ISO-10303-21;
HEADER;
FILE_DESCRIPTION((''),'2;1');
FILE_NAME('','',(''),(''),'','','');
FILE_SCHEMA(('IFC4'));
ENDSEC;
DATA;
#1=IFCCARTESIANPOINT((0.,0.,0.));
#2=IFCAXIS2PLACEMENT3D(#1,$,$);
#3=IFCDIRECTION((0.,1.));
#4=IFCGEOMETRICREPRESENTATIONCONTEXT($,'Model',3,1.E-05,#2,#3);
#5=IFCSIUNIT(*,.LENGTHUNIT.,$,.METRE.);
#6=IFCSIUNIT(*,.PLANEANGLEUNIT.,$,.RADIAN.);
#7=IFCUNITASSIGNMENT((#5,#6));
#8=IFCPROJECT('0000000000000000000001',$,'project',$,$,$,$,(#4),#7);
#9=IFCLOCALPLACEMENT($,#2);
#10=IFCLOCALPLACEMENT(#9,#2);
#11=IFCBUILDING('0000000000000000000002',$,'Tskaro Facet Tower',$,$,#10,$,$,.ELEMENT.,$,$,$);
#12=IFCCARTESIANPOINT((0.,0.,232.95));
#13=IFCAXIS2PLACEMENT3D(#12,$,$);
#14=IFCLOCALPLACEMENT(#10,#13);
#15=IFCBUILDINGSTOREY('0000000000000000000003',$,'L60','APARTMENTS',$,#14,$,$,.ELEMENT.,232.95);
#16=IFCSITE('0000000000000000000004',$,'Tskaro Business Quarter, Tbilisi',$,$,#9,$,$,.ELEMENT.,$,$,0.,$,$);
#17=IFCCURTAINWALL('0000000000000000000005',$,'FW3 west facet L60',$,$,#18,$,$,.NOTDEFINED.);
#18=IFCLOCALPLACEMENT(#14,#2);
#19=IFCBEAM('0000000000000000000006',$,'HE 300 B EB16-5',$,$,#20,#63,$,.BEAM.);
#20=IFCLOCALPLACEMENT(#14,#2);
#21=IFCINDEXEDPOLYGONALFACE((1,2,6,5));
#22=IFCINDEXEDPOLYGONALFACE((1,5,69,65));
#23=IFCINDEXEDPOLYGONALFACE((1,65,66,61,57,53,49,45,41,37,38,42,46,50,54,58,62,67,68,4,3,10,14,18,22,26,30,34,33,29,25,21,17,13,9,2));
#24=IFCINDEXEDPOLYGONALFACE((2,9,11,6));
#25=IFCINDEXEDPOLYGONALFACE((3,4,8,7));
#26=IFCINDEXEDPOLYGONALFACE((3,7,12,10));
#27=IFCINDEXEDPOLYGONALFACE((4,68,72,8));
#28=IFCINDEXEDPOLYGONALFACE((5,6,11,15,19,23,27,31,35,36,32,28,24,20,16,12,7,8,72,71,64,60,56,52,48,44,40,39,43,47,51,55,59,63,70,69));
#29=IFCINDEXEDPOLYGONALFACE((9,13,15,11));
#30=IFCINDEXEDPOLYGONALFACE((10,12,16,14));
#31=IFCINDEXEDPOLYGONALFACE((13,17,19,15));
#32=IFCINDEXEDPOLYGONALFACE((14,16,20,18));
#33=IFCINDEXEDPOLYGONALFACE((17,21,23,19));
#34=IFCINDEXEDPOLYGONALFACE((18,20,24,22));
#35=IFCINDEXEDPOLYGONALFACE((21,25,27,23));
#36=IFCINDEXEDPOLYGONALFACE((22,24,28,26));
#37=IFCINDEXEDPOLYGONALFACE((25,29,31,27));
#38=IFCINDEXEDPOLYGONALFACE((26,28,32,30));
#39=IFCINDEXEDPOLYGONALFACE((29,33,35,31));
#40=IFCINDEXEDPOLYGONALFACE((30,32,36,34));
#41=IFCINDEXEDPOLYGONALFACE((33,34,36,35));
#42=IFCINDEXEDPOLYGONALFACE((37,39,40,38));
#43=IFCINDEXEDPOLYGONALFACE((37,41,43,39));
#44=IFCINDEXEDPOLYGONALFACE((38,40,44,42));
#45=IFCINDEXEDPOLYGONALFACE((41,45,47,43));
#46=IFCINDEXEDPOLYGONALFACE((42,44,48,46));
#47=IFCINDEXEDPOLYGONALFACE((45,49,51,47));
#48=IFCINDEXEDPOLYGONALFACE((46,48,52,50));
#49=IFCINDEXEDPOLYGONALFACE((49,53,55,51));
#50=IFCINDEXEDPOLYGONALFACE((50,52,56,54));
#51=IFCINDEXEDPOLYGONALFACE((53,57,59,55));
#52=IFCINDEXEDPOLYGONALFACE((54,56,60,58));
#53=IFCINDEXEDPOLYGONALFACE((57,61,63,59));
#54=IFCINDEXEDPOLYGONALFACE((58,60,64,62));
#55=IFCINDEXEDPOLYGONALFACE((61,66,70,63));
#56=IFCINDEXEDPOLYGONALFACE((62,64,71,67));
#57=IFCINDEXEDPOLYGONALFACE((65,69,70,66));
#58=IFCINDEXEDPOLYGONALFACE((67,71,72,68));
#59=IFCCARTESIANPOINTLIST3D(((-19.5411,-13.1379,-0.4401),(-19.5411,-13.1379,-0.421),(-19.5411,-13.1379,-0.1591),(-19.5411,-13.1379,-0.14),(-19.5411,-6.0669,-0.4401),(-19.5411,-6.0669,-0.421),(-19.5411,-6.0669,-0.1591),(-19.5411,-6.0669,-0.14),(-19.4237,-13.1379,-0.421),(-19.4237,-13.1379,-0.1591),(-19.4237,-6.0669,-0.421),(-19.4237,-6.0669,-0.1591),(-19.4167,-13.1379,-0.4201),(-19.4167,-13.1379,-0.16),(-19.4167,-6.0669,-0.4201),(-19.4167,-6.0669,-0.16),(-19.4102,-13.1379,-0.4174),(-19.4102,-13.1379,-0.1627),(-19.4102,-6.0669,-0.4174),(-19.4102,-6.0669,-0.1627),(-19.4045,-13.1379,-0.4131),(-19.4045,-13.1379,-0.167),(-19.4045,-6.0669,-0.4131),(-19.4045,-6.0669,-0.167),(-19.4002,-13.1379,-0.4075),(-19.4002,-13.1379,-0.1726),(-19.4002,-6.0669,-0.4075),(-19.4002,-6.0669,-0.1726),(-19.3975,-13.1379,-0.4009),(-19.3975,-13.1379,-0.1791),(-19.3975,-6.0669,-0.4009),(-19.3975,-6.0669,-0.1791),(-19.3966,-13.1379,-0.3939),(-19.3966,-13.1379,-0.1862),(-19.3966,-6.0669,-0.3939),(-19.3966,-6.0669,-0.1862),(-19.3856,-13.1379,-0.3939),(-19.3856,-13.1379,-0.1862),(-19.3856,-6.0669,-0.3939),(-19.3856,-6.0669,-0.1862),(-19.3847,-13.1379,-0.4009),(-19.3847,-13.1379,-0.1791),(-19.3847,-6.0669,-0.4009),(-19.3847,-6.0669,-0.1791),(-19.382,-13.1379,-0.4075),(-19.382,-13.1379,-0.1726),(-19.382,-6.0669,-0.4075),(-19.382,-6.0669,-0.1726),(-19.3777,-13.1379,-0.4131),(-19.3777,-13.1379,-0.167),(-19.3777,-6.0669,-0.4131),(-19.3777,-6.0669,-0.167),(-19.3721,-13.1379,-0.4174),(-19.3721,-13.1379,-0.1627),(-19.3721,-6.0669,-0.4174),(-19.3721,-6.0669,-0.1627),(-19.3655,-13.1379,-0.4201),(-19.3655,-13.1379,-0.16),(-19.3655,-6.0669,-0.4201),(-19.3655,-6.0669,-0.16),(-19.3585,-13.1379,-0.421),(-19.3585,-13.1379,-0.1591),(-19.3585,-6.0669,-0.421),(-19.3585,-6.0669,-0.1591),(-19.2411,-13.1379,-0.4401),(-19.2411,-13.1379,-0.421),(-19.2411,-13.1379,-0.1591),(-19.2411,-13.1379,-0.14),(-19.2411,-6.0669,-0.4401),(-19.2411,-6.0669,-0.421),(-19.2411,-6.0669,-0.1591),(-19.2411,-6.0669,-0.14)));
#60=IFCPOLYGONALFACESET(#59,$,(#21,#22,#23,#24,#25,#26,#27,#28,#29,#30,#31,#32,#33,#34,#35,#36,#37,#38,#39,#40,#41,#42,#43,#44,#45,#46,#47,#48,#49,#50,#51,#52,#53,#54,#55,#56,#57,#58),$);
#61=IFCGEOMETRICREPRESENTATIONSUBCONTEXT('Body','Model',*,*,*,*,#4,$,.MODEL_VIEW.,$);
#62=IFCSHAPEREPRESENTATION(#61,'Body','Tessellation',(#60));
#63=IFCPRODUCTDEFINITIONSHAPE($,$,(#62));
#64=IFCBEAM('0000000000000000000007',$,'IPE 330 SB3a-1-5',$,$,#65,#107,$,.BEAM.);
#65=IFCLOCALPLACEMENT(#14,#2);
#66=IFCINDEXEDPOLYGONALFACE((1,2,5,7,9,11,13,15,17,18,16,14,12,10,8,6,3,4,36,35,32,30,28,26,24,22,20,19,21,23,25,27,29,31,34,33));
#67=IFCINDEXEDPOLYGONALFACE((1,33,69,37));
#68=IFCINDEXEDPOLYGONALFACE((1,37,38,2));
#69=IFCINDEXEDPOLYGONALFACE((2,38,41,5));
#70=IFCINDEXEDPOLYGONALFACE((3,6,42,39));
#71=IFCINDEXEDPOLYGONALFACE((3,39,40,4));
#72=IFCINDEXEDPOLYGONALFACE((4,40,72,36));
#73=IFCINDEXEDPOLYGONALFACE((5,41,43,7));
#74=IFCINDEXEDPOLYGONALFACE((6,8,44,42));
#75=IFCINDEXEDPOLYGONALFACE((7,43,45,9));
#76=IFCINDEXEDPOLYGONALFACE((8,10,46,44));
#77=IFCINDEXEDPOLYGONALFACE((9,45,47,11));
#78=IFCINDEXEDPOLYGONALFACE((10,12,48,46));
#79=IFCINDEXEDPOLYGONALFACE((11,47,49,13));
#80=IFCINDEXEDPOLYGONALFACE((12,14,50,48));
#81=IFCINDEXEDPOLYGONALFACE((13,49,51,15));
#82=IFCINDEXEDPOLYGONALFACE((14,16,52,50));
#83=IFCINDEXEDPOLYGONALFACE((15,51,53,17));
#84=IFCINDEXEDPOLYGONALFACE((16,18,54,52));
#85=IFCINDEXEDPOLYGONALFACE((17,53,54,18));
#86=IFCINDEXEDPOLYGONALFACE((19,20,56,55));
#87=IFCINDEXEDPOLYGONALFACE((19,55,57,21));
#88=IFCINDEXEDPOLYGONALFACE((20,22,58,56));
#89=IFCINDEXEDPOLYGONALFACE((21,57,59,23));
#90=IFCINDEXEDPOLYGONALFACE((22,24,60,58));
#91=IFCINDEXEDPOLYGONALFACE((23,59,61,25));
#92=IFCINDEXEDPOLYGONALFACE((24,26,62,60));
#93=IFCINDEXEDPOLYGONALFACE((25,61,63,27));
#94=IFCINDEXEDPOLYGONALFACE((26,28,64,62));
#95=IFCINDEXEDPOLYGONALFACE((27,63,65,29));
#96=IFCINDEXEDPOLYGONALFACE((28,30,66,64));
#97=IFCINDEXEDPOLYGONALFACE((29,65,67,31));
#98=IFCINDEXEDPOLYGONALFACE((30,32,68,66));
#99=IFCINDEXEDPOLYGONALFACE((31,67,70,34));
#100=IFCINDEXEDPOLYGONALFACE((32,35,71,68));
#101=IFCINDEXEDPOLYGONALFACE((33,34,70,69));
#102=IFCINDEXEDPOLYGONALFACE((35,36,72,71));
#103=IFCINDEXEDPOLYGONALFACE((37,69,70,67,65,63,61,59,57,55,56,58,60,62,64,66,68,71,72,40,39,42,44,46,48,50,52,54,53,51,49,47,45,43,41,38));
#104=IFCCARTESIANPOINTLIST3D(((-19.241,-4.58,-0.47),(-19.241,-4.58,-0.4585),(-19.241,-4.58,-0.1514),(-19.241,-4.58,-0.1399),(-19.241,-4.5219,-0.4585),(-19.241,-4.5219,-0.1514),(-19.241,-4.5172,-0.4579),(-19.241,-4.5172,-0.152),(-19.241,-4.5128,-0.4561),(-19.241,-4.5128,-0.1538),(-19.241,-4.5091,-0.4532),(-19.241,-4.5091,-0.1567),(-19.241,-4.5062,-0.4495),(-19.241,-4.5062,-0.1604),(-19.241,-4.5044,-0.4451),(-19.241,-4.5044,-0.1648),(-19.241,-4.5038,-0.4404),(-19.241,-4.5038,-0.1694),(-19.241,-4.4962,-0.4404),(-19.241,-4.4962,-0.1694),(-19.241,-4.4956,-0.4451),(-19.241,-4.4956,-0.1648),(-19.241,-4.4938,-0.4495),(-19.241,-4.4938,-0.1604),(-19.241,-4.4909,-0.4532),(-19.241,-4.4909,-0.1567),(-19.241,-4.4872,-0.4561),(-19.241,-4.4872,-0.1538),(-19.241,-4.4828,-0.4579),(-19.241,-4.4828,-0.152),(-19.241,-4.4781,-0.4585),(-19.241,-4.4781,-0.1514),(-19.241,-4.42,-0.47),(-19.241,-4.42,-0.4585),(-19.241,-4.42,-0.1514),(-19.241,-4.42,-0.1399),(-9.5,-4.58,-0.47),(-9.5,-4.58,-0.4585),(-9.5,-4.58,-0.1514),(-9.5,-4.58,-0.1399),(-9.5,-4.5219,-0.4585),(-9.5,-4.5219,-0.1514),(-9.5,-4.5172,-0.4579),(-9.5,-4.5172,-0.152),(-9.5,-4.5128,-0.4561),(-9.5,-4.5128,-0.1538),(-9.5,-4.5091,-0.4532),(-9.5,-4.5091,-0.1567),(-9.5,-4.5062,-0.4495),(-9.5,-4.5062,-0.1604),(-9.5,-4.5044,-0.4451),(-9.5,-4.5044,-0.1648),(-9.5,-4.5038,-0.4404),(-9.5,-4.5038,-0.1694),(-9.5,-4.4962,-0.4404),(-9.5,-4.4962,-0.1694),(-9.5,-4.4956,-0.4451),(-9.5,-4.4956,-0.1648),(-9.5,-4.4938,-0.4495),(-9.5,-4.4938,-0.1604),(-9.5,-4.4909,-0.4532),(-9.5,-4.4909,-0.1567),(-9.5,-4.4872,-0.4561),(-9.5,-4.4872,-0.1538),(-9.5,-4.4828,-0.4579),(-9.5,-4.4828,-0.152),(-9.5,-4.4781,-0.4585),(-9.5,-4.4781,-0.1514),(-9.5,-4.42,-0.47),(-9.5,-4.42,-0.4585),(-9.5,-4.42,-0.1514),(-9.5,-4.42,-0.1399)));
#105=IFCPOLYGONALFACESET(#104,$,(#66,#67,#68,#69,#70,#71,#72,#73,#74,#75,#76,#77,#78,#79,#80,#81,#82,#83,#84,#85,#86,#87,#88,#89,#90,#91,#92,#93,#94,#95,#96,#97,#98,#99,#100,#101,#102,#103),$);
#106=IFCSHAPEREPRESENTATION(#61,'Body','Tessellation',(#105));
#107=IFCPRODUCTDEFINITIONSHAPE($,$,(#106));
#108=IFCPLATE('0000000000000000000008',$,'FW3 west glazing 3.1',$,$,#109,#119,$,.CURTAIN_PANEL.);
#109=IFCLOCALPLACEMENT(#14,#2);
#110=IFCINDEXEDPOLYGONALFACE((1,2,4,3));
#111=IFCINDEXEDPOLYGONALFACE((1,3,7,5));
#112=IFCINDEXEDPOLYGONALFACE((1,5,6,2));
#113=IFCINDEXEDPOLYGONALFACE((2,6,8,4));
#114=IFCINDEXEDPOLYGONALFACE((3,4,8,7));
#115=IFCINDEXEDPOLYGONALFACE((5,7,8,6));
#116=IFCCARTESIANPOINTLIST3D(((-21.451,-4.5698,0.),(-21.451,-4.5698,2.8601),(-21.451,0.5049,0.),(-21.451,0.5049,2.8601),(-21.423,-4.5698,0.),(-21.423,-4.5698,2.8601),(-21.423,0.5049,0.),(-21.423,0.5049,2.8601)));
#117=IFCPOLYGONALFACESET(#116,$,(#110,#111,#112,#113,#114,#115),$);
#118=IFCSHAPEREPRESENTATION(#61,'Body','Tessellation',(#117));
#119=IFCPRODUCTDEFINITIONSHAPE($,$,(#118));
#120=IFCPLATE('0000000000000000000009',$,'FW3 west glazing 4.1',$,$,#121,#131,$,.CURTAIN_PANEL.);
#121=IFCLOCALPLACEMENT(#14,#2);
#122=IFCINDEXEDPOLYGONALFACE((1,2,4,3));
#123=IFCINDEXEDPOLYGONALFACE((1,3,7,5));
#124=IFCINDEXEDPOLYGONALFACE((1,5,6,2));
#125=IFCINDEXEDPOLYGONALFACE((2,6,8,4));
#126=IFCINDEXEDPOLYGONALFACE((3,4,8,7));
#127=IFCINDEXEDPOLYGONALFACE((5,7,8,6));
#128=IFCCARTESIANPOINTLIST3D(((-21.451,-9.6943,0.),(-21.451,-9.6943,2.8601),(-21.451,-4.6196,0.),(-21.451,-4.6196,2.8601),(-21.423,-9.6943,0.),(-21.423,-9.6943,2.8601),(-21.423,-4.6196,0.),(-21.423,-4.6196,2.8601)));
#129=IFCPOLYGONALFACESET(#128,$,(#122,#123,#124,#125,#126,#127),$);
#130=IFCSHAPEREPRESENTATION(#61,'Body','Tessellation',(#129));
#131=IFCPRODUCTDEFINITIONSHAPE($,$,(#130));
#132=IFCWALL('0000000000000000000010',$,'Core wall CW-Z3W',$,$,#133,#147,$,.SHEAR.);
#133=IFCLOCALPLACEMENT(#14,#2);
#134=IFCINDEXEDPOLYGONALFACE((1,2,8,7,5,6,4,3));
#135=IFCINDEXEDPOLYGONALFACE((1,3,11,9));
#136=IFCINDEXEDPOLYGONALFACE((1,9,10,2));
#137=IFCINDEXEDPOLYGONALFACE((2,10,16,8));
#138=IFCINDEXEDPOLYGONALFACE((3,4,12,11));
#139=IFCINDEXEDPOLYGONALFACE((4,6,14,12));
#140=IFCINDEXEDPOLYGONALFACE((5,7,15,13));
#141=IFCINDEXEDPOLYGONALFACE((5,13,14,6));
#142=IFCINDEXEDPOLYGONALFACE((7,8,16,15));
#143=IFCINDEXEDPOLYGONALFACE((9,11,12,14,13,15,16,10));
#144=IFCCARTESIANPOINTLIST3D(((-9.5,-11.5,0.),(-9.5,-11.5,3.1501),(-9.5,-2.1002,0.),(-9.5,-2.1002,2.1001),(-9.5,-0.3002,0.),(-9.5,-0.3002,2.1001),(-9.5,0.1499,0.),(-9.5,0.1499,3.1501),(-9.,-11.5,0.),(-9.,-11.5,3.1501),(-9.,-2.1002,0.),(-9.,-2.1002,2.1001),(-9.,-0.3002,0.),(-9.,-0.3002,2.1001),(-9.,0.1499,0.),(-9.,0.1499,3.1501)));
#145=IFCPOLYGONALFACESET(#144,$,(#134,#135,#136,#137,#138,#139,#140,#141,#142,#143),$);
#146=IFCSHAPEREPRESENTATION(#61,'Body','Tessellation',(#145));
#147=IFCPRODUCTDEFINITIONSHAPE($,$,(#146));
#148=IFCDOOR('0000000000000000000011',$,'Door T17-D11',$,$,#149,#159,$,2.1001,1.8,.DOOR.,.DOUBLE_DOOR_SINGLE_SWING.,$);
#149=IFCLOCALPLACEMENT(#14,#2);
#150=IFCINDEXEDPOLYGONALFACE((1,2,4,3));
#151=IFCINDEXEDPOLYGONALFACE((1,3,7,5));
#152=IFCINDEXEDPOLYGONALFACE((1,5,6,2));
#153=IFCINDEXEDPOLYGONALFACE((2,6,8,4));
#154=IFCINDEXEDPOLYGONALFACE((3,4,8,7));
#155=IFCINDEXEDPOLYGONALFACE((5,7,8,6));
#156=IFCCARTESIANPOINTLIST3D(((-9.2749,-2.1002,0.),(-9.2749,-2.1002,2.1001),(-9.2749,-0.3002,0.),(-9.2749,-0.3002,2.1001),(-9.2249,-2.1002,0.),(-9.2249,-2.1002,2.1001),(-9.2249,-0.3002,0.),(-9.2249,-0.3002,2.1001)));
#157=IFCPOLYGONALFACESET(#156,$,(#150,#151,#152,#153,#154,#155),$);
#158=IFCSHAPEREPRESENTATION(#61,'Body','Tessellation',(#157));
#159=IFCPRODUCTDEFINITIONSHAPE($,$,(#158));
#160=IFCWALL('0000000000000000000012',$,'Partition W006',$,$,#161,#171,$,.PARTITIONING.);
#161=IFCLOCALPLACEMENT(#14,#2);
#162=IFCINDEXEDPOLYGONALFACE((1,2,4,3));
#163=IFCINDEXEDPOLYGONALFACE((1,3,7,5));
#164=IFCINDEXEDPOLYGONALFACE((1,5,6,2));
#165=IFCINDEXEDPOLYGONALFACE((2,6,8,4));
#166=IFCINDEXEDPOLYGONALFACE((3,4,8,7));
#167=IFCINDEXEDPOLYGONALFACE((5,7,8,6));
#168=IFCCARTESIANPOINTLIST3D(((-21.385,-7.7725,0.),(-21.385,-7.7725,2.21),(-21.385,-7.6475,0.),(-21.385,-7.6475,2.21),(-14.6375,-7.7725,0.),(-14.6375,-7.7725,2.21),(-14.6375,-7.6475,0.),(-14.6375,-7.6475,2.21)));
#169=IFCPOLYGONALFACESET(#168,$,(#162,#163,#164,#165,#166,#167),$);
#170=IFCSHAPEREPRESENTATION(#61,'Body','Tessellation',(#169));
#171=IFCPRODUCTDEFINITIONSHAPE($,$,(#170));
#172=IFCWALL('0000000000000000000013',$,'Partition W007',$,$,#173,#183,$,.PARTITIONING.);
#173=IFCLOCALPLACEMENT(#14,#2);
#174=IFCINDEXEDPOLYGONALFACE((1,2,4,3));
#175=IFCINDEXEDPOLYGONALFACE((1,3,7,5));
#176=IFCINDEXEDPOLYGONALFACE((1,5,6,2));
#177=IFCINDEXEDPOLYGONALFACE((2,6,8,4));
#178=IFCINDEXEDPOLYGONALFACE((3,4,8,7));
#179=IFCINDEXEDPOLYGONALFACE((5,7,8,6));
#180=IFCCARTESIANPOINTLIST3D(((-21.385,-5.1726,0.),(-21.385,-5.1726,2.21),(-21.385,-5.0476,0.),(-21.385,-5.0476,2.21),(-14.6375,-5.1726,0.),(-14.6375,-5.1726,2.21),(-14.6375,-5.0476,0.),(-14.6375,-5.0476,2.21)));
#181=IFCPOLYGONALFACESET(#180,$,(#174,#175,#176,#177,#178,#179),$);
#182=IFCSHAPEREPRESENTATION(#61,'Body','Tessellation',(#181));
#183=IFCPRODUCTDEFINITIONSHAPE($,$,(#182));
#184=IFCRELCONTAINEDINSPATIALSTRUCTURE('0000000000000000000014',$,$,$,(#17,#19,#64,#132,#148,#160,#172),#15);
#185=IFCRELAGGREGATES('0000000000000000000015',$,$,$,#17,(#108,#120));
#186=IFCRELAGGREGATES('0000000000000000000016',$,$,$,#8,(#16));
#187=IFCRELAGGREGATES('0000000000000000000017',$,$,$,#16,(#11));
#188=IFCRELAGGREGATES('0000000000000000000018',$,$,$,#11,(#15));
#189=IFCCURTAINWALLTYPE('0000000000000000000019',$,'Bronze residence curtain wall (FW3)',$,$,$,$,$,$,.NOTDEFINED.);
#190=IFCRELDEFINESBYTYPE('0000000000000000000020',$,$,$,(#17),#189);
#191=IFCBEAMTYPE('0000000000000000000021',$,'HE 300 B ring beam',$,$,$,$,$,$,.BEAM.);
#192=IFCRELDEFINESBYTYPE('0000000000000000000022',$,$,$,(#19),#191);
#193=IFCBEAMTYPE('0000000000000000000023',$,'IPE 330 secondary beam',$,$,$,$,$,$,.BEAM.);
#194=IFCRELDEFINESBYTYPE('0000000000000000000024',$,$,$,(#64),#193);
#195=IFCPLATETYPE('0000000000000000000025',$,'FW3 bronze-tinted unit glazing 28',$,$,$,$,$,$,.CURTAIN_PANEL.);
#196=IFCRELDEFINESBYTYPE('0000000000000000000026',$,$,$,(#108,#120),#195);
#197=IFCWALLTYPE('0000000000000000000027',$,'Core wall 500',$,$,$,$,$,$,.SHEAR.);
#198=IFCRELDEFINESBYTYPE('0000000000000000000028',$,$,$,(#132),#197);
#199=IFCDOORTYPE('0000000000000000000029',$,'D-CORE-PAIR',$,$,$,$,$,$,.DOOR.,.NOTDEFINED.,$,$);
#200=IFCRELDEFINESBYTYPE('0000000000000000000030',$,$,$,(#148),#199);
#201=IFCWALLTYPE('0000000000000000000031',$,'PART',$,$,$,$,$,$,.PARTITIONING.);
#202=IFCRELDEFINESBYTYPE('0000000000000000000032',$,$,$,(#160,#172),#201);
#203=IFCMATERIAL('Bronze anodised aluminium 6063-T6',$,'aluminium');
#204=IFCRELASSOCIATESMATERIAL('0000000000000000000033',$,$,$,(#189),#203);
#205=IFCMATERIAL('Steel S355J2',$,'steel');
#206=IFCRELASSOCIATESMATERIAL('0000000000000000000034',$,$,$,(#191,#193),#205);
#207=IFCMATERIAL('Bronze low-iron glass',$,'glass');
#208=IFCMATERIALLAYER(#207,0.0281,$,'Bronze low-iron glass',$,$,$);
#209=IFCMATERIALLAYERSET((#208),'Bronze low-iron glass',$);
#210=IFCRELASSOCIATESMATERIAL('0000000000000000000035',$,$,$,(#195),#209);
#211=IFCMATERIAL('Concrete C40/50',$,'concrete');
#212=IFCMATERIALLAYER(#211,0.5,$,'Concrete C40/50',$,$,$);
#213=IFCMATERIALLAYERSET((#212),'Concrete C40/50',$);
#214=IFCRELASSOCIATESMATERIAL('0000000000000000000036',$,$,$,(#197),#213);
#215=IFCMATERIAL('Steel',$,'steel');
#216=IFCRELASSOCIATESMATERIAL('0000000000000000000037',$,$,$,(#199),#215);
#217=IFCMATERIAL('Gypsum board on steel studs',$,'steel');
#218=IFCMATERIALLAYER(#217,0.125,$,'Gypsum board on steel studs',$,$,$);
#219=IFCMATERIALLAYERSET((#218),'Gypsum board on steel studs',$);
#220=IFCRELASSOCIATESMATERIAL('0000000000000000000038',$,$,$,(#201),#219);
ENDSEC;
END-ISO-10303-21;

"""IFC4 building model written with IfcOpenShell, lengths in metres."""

from ifc_helpers import new_model, si_unit, direction, frame, frame_2d, origin, origin_2d, place, context, subcontext, project, spatial, rectangle, i_section, extrude, material, layer, layer_set, material_profile, profile_set, type_object, element, fill, aggregate, save


model = new_model("IFC4")

# Units and contexts
model_context = context("Model", 3, precision=1e-05, world=origin(), true_north=direction((0.0, 1.0)))
body_context = subcontext(model_context, "Body", "Model", "MODEL_VIEW")
ifc_project = project(units=[si_unit("LENGTHUNIT", "METRE"), si_unit("PLANEANGLEUNIT", "RADIAN")], contexts=[model_context])

# Site, building, storey
site_placement = place(None, origin())
site = spatial("IfcSite", under=ifc_project, at=site_placement, Name="Tskaro Business Quarter, Tbilisi", CompositionType="ELEMENT", RefElevation=0.0)
building_placement = place(site_placement, origin())
building = spatial("IfcBuilding", under=site, at=building_placement, Name="Tskaro Facet Tower", CompositionType="ELEMENT")
storey_placement = place(building_placement, frame((0.0, 0.0, 232.95)))
storey = spatial("IfcBuildingStorey", under=building, at=storey_placement, Name="L60", Description="APARTMENTS", CompositionType="ELEMENT", Elevation=232.95)

# Shared definitions
ifc_material_1 = material(Name="Steel S355J2", Category="steel")

# Curtain wall
ifc_material_2 = material(Name="Bronze anodised aluminium 6063-T6", Category="aluminium")
curtain_wall_type = type_object("IfcCurtainWallType", Name="Bronze residence curtain wall (FW3)", PredefinedType="NOTDEFINED", material=ifc_material_2)
curtain_wall_placement = place(storey_placement, origin())
curtain_wall = element("IfcCurtainWall", 1, at=curtain_wall_placement, inside=storey, type_object=curtain_wall_type, Name="FW3 west facet L60", PredefinedType="NOTDEFINED")

# Beams
ifc_material_profile_1 = material_profile(ifc_material_1, i_section(OverallWidth=0.3, OverallDepth=0.3, WebThickness=0.011, FlangeThickness=0.019, FilletRadius=0.0271, at=origin_2d()), Name="HE 300 B")
ifc_profile_set_1 = profile_set([ifc_material_profile_1], Name="Steel S355J2")
beam_type_1 = type_object("IfcBeamType", Name="HE 300 B ring beam", PredefinedType="BEAM", material=ifc_profile_set_1)
beam_1_placement = place(storey_placement, frame((-19.3911, -6.0669, -0.29), z_axis=(0.0, -1.0, 0.0), x_axis=(1.0, 0.0, 0.0)))
element("IfcBeam", 2, at=beam_1_placement, inside=storey, type_object=beam_type_1, Name="HE 300 B EB16-5", PredefinedType="BEAM", context=body_context, shape_type="SweptSolid", body=[
    extrude(i_section(OverallWidth=0.3, OverallDepth=0.3, WebThickness=0.011, FlangeThickness=0.019, FilletRadius=0.0271, at=origin_2d()), origin(), (0.0, 0.0, 1.0), 7.071),
])
ifc_material_profile_2 = material_profile(ifc_material_1, i_section(OverallWidth=0.1599, OverallDepth=0.3301, WebThickness=0.0076, FlangeThickness=0.0115, FilletRadius=0.0181, at=origin_2d()), Name="IPE 330")
ifc_profile_set_2 = profile_set([ifc_material_profile_2], Name="Steel S355J2")
beam_type_2 = type_object("IfcBeamType", Name="IPE 330 secondary beam", PredefinedType="BEAM", material=ifc_profile_set_2)
beam_2_placement = place(storey_placement, frame((-19.241, -4.5, -0.3049), z_axis=(1.0, 0.0, 0.0), x_axis=(0.0, 1.0, 0.0)))
element("IfcBeam", 3, at=beam_2_placement, inside=storey, type_object=beam_type_2, Name="IPE 330 SB3a-1-5", PredefinedType="BEAM", context=body_context, shape_type="SweptSolid", body=[
    extrude(i_section(OverallWidth=0.1599, OverallDepth=0.3301, WebThickness=0.0076, FlangeThickness=0.0115, FilletRadius=0.0181, at=origin_2d()), origin(), (0.0, 0.0, 1.0), 9.741),
])

# Plates
ifc_material_3 = material(Name="Bronze low-iron glass", Category="glass")
ifc_layer_1 = layer(ifc_material_3, 0.0281, Name="Bronze low-iron glass")
ifc_layer_set_1 = layer_set([ifc_layer_1], Name="Bronze low-iron glass")
plate_type = type_object("IfcPlateType", Name="FW3 bronze-tinted unit glazing 28", PredefinedType="CURTAIN_PANEL", material=ifc_layer_set_1)
plate_1_placement = place(storey_placement, frame((-21.437, -2.0325, 0.0), z_axis=(0.0, 0.0, 1.0), x_axis=(0.0, -1.0, 0.0)))
plate_1 = element("IfcPlate", 4, at=plate_1_placement, type_object=plate_type, Name="FW3 west glazing 3.1", PredefinedType="CURTAIN_PANEL", context=body_context, shape_type="SweptSolid", body=[
    extrude(rectangle(XDim=5.0747, YDim=0.0281, at=origin_2d()), origin(), (0.0, 0.0, 1.0), 2.8601),
])
plate_2_placement = place(storey_placement, frame((-21.437, -7.157, 0.0), z_axis=(0.0, 0.0, 1.0), x_axis=(0.0, -1.0, 0.0)))
plate_2 = element("IfcPlate", 5, at=plate_2_placement, type_object=plate_type, Name="FW3 west glazing 4.1", PredefinedType="CURTAIN_PANEL", context=body_context, shape_type="SweptSolid", body=[
    extrude(rectangle(XDim=5.0747, YDim=0.0281, at=origin_2d()), origin(), (0.0, 0.0, 1.0), 2.8601),
])
aggregate(curtain_wall, [plate_1, plate_2])

# Wall, opening, door
ifc_material_4 = material(Name="Concrete C40/50", Category="concrete")
ifc_layer_2 = layer(ifc_material_4, 0.5, Name="Concrete C40/50")
ifc_layer_set_2 = layer_set([ifc_layer_2], Name="Concrete C40/50")
wall_type_1 = type_object("IfcWallType", Name="Core wall 500", PredefinedType="SHEAR", material=ifc_layer_set_2)
wall_1_placement = place(storey_placement, frame((-9.25, -11.5, 0.0), z_axis=(0.0, 0.0, 1.0), x_axis=(0.0, 1.0, 0.0)))
wall_1 = element("IfcWall", 6, at=wall_1_placement, inside=storey, type_object=wall_type_1, Name="Core wall CW-Z3W", PredefinedType="SHEAR", context=body_context, shape_type="SweptSolid", body=[
    extrude(rectangle(XDim=11.6499, YDim=0.5, at=frame_2d((5.825, 0.0))), origin(), (0.0, 0.0, 1.0), 3.1501),
])
opening_1_placement = place(wall_1_placement, frame((9.3999, 0.0, 0.0)))
opening_1 = element("IfcOpeningElement", 7, at=opening_1_placement, cuts=wall_1, PredefinedType="OPENING", context=body_context, shape_type="SweptSolid", body=[
    extrude(rectangle(XDim=1.8, YDim=2.1001, at=frame_2d((0.8999, 1.05))), frame((0.0, 0.26, 0.0), z_axis=(0.0, -1.0, 0.0), x_axis=(1.0, 0.0, 0.0)), (0.0, 0.0, 1.0), 0.52),
])
ifc_material_5 = material(Name="Steel", Category="steel")
door_type_1 = type_object("IfcDoorType", Name="D-CORE-PAIR", OperationType="NOTDEFINED", PredefinedType="DOOR", material=ifc_material_5)
door_1_placement = place(opening_1_placement, origin())
door_1 = element("IfcDoor", 8, at=door_1_placement, inside=storey, type_object=door_type_1, Name="Door T17-D11", OperationType="DOUBLE_DOOR_SINGLE_SWING", OverallHeight=2.1001, OverallWidth=1.8, PredefinedType="DOOR", context=body_context, shape_type="SweptSolid", body=[
    extrude(rectangle(XDim=1.8, YDim=2.1001, at=frame_2d((0.8999, 1.05))), frame((0.0, 0.0249, 0.0), z_axis=(0.0, -1.0, 0.0), x_axis=(1.0, 0.0, 0.0)), (0.0, 0.0, 1.0), 0.05),
])
fill(opening_1, door_1)

# Walls
ifc_material_6 = material(Name="Gypsum board on steel studs", Category="steel")
ifc_layer_3 = layer(ifc_material_6, 0.125, Name="Gypsum board on steel studs")
ifc_layer_set_3 = layer_set([ifc_layer_3], Name="Gypsum board on steel studs")
wall_type_2 = type_object("IfcWallType", Name="PART", PredefinedType="PARTITIONING", material=ifc_layer_set_3)
for number, where, z_axis, x_axis, name in (
    (9, (-21.385, -7.71, 0.0), (0.0, 0.0, 1.0), (1.0, 0.0, 0.0), "Partition W006"),
    (10, (-21.385, -5.1101, 0.0), (0.0, 0.0, 1.0), (1.0, 0.0, 0.0), "Partition W007"),
):
    element("IfcWall", number, at=place(storey_placement, frame(where, z_axis=z_axis, x_axis=x_axis)), inside=storey, type_object=wall_type_2, Name=name, PredefinedType="PARTITIONING", context=body_context, shape_type="SweptSolid", body=[
        extrude(rectangle(XDim=6.7476, YDim=0.125, at=frame_2d((3.3738, 0.0))), origin(), (0.0, 0.0, 1.0), 2.21),
    ])

save(model, "model.ifc")
